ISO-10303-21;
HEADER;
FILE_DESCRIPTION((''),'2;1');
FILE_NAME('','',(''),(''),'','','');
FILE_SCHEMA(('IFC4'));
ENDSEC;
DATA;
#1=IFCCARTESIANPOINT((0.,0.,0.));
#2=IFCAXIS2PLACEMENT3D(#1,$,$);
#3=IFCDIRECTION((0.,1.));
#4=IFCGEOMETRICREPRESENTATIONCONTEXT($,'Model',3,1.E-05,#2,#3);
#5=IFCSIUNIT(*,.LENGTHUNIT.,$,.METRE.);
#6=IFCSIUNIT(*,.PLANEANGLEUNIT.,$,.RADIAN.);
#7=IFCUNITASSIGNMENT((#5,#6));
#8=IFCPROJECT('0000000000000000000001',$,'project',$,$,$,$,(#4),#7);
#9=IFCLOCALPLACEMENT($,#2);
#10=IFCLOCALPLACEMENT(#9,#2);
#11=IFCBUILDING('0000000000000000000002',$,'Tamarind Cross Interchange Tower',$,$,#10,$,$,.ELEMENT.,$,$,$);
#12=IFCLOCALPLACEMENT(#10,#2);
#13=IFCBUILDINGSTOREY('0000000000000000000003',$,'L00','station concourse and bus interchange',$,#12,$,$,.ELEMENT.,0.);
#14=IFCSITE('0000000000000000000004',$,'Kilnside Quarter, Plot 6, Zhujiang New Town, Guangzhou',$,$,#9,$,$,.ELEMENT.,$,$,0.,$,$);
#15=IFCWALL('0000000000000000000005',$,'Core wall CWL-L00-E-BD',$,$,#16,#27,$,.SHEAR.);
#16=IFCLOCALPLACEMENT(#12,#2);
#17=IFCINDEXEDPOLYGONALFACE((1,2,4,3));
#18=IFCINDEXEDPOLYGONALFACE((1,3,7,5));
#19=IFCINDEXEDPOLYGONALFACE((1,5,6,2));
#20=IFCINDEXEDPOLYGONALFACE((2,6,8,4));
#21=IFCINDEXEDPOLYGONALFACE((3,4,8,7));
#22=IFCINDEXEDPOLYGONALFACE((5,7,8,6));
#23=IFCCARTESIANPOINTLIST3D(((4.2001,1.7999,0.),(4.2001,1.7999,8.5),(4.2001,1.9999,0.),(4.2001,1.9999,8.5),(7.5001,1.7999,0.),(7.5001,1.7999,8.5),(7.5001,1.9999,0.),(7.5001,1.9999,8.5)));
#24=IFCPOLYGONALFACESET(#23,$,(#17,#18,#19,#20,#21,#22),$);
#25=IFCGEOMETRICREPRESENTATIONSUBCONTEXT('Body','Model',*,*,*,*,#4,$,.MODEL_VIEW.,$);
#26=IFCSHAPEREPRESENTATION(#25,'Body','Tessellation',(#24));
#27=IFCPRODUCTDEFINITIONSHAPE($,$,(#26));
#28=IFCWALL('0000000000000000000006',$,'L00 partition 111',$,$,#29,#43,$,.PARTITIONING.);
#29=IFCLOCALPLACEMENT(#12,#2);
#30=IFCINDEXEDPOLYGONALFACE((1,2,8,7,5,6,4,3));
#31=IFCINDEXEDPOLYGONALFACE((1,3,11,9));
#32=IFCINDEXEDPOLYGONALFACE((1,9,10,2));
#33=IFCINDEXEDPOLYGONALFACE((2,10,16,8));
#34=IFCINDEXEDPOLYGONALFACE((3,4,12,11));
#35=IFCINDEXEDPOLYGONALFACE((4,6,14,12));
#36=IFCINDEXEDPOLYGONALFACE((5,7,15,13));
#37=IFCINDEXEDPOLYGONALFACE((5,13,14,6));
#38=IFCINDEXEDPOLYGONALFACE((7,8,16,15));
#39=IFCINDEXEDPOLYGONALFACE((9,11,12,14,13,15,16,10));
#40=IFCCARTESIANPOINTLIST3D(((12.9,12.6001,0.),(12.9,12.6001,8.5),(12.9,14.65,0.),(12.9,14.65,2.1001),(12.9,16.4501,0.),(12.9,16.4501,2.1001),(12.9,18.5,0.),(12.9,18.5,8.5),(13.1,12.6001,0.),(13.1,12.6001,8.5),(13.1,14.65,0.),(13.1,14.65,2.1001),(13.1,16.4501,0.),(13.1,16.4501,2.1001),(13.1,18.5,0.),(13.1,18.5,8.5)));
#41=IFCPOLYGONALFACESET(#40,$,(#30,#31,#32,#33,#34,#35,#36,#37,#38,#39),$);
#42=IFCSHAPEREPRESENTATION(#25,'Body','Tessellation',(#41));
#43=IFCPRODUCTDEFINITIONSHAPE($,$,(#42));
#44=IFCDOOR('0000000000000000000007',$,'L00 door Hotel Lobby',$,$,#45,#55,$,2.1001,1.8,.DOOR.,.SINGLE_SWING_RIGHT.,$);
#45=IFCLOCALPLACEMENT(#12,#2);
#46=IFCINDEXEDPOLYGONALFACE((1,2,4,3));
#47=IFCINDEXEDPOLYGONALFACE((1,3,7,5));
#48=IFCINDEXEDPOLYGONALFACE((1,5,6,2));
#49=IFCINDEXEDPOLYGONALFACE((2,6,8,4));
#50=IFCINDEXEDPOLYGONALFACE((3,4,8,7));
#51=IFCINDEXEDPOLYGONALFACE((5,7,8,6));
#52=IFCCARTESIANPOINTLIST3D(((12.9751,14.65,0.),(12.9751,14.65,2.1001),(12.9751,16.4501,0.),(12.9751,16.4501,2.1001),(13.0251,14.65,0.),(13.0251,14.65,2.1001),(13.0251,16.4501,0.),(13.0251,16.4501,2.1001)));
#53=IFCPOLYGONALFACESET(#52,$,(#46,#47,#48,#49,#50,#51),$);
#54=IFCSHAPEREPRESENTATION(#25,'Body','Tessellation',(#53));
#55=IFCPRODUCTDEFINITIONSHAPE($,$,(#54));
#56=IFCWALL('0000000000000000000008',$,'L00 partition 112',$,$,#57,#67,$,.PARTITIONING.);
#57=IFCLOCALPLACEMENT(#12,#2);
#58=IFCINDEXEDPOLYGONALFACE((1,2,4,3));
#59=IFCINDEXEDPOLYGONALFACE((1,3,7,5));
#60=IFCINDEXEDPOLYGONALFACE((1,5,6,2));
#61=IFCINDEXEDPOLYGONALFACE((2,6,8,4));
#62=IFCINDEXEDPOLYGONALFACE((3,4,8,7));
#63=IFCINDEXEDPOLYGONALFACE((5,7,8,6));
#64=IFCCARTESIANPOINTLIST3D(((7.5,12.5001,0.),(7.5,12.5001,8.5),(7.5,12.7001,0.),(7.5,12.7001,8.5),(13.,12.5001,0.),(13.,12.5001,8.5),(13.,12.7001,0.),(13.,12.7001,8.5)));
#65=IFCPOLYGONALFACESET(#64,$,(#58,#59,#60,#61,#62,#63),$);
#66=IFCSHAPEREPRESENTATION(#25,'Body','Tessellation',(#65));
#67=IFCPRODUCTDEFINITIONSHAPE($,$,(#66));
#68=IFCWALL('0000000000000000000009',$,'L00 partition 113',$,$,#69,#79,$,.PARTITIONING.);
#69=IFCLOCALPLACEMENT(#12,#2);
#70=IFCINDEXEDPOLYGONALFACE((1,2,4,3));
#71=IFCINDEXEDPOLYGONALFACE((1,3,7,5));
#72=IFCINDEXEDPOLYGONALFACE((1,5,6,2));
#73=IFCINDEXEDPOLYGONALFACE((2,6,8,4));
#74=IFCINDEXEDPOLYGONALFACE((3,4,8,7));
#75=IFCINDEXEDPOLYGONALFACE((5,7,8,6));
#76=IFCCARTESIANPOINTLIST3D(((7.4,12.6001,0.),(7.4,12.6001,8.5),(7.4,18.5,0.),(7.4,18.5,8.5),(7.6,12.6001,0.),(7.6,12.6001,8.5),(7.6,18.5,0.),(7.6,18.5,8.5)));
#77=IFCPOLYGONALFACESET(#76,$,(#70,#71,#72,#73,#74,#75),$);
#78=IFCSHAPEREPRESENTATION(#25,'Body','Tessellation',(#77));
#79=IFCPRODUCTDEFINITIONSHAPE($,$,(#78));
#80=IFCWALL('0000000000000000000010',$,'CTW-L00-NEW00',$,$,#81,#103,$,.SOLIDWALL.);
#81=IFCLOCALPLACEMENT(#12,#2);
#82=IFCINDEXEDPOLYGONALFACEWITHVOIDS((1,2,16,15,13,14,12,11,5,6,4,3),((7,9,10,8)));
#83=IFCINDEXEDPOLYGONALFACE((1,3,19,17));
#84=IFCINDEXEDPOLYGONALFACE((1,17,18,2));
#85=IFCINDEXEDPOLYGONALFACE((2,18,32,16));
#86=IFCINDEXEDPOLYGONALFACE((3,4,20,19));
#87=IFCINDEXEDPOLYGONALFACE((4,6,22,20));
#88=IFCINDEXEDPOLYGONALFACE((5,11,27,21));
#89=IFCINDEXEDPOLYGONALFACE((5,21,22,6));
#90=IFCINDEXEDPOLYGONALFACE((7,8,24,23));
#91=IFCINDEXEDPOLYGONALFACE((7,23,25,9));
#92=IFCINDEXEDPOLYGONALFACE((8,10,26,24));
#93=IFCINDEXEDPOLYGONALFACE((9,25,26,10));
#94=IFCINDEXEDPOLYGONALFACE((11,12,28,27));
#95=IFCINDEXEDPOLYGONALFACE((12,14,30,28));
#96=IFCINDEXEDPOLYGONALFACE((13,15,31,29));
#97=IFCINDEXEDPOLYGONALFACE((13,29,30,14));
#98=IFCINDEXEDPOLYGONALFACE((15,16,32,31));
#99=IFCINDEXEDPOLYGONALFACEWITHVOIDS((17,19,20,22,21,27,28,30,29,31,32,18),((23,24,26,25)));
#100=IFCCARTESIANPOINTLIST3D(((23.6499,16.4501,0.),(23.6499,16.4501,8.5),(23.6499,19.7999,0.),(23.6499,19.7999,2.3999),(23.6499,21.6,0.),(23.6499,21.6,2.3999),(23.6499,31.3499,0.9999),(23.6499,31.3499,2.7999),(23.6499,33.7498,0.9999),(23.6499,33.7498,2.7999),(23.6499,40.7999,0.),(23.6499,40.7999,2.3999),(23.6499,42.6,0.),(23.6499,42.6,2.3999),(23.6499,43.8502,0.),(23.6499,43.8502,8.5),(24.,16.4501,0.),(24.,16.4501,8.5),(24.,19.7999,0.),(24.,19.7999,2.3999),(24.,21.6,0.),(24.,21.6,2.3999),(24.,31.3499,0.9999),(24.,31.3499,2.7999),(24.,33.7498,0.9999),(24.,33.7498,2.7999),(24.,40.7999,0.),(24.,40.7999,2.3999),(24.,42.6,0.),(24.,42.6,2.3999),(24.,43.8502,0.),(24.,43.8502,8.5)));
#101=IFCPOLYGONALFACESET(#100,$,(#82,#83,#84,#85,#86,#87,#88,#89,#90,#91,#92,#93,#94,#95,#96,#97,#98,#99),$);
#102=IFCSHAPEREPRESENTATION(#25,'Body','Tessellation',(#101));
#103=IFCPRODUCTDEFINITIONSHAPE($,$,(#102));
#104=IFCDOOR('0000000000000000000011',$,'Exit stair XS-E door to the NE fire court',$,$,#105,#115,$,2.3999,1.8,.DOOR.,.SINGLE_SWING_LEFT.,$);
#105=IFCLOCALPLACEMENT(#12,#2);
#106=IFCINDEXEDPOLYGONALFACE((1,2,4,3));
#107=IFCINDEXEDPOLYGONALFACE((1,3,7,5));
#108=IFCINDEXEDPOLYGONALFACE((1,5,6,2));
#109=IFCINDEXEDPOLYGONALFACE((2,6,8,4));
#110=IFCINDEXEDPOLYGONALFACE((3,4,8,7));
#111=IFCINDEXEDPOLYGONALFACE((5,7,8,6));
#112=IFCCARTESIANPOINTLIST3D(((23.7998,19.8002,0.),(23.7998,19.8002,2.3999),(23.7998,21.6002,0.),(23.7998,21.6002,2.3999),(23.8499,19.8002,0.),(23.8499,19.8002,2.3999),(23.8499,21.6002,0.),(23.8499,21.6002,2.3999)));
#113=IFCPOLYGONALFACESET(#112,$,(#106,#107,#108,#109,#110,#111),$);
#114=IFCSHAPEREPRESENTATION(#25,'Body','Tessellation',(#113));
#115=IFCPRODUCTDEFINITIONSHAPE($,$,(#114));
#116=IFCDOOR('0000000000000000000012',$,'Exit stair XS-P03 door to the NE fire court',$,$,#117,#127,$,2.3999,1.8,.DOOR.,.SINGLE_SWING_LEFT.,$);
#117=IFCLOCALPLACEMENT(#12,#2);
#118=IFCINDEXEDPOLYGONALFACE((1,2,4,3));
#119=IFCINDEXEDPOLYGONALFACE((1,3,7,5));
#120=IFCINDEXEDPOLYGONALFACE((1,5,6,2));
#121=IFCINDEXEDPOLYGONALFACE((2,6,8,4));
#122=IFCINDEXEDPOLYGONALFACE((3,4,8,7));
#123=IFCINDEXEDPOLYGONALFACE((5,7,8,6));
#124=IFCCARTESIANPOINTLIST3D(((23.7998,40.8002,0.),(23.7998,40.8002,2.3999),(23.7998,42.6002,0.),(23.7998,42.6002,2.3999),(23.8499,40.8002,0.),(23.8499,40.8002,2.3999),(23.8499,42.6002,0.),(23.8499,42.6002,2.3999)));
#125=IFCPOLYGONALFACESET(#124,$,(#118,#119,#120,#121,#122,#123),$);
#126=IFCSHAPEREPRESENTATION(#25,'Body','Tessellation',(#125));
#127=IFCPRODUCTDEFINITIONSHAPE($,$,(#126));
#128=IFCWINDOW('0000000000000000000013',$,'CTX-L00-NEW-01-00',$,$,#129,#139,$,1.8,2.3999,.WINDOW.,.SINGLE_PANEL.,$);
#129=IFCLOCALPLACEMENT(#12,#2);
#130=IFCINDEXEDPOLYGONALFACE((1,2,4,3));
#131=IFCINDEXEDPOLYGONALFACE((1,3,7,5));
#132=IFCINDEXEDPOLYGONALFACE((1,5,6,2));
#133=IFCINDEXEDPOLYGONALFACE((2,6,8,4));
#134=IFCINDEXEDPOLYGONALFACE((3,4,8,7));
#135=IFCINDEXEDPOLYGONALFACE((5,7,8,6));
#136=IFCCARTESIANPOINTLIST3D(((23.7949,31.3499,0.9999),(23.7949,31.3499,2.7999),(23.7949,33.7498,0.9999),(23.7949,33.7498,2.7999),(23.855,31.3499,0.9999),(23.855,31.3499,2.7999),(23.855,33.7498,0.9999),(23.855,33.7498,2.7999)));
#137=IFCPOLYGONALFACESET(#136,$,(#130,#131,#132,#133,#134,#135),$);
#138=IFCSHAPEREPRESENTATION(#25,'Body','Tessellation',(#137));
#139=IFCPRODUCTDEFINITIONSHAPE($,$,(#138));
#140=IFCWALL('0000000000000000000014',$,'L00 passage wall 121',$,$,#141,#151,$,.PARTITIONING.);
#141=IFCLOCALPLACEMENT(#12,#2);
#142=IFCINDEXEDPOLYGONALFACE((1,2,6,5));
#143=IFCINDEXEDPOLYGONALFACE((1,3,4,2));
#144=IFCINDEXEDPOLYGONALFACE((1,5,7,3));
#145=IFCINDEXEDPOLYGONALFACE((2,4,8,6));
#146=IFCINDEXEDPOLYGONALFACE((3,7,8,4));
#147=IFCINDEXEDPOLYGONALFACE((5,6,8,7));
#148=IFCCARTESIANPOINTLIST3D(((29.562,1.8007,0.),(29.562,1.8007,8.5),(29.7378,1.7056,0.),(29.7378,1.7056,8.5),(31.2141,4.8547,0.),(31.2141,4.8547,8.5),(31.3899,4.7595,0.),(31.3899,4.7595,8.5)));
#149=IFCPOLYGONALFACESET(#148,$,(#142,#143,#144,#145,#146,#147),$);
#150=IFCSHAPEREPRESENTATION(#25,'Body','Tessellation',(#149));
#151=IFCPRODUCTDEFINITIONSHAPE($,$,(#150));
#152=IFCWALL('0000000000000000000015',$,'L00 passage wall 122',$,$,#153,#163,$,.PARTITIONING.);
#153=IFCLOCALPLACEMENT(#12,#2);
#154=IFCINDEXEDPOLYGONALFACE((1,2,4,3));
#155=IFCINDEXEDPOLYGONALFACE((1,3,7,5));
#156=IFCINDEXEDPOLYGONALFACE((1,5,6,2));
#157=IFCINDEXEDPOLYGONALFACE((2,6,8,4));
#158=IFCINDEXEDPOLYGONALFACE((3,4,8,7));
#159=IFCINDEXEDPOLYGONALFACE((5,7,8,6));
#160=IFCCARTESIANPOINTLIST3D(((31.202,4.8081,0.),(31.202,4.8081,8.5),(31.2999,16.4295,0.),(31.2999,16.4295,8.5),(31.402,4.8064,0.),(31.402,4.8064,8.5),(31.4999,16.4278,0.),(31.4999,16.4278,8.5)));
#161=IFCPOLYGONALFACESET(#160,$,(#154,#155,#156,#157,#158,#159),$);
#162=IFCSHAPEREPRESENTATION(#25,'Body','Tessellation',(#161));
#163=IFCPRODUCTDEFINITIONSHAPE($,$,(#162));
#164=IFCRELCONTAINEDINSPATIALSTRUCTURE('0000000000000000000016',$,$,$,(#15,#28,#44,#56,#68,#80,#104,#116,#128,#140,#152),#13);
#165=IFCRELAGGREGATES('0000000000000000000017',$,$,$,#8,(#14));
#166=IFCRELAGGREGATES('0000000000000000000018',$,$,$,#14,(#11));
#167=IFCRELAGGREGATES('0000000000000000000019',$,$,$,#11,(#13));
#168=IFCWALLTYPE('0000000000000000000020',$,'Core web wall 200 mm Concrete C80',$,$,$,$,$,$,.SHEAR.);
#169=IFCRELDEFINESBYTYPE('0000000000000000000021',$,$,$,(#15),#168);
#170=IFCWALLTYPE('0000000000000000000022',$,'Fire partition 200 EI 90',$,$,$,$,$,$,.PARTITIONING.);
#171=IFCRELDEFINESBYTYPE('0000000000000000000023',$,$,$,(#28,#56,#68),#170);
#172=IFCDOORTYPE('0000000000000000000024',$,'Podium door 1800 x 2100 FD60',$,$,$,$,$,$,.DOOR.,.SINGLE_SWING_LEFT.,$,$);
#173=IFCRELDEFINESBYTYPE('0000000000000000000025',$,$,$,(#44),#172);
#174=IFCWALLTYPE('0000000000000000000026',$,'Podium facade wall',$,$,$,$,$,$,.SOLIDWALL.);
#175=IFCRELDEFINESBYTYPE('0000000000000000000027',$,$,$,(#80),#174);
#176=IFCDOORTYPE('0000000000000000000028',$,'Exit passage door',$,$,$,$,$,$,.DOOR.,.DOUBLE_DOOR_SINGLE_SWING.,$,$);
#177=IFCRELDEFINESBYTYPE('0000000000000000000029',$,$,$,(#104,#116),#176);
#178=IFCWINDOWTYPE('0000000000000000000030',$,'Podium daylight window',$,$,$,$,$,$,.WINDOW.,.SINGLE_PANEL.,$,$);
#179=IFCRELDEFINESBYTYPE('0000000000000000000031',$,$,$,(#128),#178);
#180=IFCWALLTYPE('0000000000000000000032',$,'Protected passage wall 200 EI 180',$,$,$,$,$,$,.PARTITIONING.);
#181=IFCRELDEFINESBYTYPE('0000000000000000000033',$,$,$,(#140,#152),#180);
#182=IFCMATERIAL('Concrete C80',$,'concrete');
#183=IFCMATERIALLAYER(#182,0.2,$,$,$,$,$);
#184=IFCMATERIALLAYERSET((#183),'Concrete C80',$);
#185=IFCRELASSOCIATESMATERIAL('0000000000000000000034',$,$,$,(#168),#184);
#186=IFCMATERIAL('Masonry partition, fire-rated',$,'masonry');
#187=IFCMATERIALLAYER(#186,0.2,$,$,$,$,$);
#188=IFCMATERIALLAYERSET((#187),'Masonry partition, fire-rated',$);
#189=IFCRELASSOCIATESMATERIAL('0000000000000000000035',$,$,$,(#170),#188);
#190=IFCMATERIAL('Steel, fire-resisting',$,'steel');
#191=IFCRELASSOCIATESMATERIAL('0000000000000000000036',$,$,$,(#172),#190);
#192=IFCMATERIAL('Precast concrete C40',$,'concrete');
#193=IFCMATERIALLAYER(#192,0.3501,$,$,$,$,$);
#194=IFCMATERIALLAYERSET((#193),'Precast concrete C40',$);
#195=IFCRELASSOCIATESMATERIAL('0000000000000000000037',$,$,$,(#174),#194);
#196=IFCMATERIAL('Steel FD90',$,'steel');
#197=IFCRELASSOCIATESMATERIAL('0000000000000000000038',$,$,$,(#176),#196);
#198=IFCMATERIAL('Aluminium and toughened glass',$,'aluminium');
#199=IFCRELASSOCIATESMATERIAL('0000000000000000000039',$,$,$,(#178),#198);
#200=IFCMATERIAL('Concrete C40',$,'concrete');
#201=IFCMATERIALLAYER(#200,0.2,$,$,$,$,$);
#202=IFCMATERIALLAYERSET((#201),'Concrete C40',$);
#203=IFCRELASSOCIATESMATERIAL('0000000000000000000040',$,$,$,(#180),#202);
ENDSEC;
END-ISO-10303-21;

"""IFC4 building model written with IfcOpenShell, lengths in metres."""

from ifc_helpers import new_model, si_unit, direction, frame, frame_2d, origin, place, context, subcontext, project, spatial, rectangle, extrude, material, layer, layer_set, type_object, element, fill, save


model = new_model("IFC4")

# Units and contexts
model_context = context("Model", 3, precision=1e-05, world=origin(), true_north=direction((0.0, 1.0)))
body_context = subcontext(model_context, "Body", "Model", "MODEL_VIEW")
ifc_project = project(units=[si_unit("LENGTHUNIT", "METRE"), si_unit("PLANEANGLEUNIT", "RADIAN")], contexts=[model_context])

# Site, building, storey
site_placement = place(None, origin())
site = spatial("IfcSite", under=ifc_project, at=site_placement, Name="Kilnside Quarter, Plot 6, Zhujiang New Town, Guangzhou", CompositionType="ELEMENT", RefElevation=0.0)
building_placement = place(site_placement, origin())
building = spatial("IfcBuilding", under=site, at=building_placement, Name="Tamarind Cross Interchange Tower", CompositionType="ELEMENT")
storey_placement = place(building_placement, origin())
storey = spatial("IfcBuildingStorey", under=building, at=storey_placement, Name="L00", Description="station concourse and bus interchange", CompositionType="ELEMENT", Elevation=0.0)

# Shared definitions
ifc_material_1 = material(Name="Concrete C80", Category="concrete")

# Shared definitions
ifc_material_2 = material(Name="Steel, fire-resisting", Category="steel")

# Wall
ifc_layer_1 = layer(ifc_material_1, 0.2)
ifc_layer_set_1 = layer_set([ifc_layer_1], Name="Concrete C80")
wall_type_1 = type_object("IfcWallType", Name="Core web wall 200 mm Concrete C80", PredefinedType="SHEAR", material=ifc_layer_set_1)
wall_1_placement = place(storey_placement, frame((7.5, 1.8999, 0.0), z_axis=(0.0, 0.0, 1.0), x_axis=(-1.0, 0.0, 0.0)))
element("IfcWall", 1, at=wall_1_placement, inside=storey, type_object=wall_type_1, Name="Core wall CWL-L00-E-BD", PredefinedType="SHEAR", context=body_context, shape_type="SweptSolid", body=[
    extrude(rectangle(XDim=3.3, YDim=0.2, at=frame_2d((1.6499, 0.0))), origin(), (0.0, 0.0, 1.0), 8.5),
])

# Wall, opening, door
ifc_material_3 = material(Name="Masonry partition, fire-rated", Category="masonry")
ifc_layer_2 = layer(ifc_material_3, 0.2)
ifc_layer_set_2 = layer_set([ifc_layer_2], Name="Masonry partition, fire-rated")
wall_type_2 = type_object("IfcWallType", Name="Fire partition 200 EI 90", PredefinedType="PARTITIONING", material=ifc_layer_set_2)
wall_2_placement = place(storey_placement, frame((13.0, 12.6001, 0.0), z_axis=(0.0, 0.0, 1.0), x_axis=(0.0, 1.0, 0.0)))
wall_2 = element("IfcWall", 2, at=wall_2_placement, inside=storey, type_object=wall_type_2, Name="L00 partition 111", PredefinedType="PARTITIONING", context=body_context, shape_type="SweptSolid", body=[
    extrude(rectangle(XDim=5.8999, YDim=0.2, at=frame_2d((2.95, 0.0))), origin(), (0.0, 0.0, 1.0), 8.5),
])
opening_1_placement = place(wall_2_placement, frame((2.05, 0.0, 0.0)))
opening_1 = element("IfcOpeningElement", 3, at=opening_1_placement, cuts=wall_2, PredefinedType="OPENING", context=body_context, shape_type="SweptSolid", body=[
    extrude(rectangle(XDim=1.8, YDim=2.1001, at=frame_2d((0.8999, 1.05))), frame((0.0, 0.1099, 0.0), z_axis=(0.0, -1.0, 0.0), x_axis=(1.0, 0.0, 0.0)), (0.0, 0.0, 1.0), 0.22),
])
door_type_1 = type_object("IfcDoorType", Name="Podium door 1800 x 2100 FD60", OperationType="SINGLE_SWING_LEFT", PredefinedType="DOOR", material=ifc_material_2)
door_1_placement = place(opening_1_placement, origin())
door_1 = element("IfcDoor", 4, at=door_1_placement, inside=storey, type_object=door_type_1, Name="L00 door Hotel Lobby", OperationType="SINGLE_SWING_RIGHT", OverallHeight=2.1001, OverallWidth=1.8, PredefinedType="DOOR", context=body_context, shape_type="SweptSolid", body=[
    extrude(rectangle(XDim=1.8, YDim=2.1001, at=frame_2d((0.8999, 1.05))), frame((0.0, 0.0249, 0.0), z_axis=(0.0, -1.0, 0.0), x_axis=(1.0, 0.0, 0.0)), (0.0, 0.0, 1.0), 0.05),
])
fill(opening_1, door_1)

# Walls
wall_3_placement = place(storey_placement, frame((7.5, 12.6001, 0.0), z_axis=(0.0, 0.0, 1.0), x_axis=(1.0, 0.0, 0.0)))
element("IfcWall", 5, at=wall_3_placement, inside=storey, type_object=wall_type_2, Name="L00 partition 112", PredefinedType="PARTITIONING", context=body_context, shape_type="SweptSolid", body=[
    extrude(rectangle(XDim=5.5, YDim=0.2, at=frame_2d((2.75, 0.0))), origin(), (0.0, 0.0, 1.0), 8.5),
])
wall_4_placement = place(storey_placement, frame((7.5, 12.6001, 0.0), z_axis=(0.0, 0.0, 1.0), x_axis=(0.0, 1.0, 0.0)))
element("IfcWall", 6, at=wall_4_placement, inside=storey, type_object=wall_type_2, Name="L00 partition 113", PredefinedType="PARTITIONING", context=body_context, shape_type="SweptSolid", body=[
    extrude(rectangle(XDim=5.8999, YDim=0.2, at=frame_2d((2.95, 0.0))), origin(), (0.0, 0.0, 1.0), 8.5),
])

# Wall, openings, doors, window
ifc_material_4 = material(Name="Precast concrete C40", Category="concrete")
ifc_layer_3 = layer(ifc_material_4, 0.3501)
ifc_layer_set_3 = layer_set([ifc_layer_3], Name="Precast concrete C40")
wall_type_3 = type_object("IfcWallType", Name="Podium facade wall", PredefinedType="SOLIDWALL", material=ifc_layer_set_3)
wall_5_placement = place(storey_placement, frame((23.825, 16.45, 0.0), z_axis=(0.0, 0.0, 1.0), x_axis=(0.0, 1.0, 0.0)))
wall_5 = element("IfcWall", 7, at=wall_5_placement, inside=storey, type_object=wall_type_3, Name="CTW-L00-NEW00", PredefinedType="SOLIDWALL", context=body_context, shape_type="SweptSolid", body=[
    extrude(rectangle(XDim=27.4001, YDim=0.3501, at=frame_2d((13.7002, 0.0))), origin(), (0.0, 0.0, 1.0), 8.5),
])
opening_2_placement = place(wall_5_placement, frame((3.3501, 0.0, 0.0)))
opening_2 = element("IfcOpeningElement", 8, at=opening_2_placement, cuts=wall_5, PredefinedType="OPENING", context=body_context, shape_type="SweptSolid", body=[
    extrude(rectangle(XDim=1.8, YDim=2.3999, at=frame_2d((0.8999, 1.2))), frame((0.0, 0.1851, 0.0), z_axis=(0.0, -1.0, 0.0), x_axis=(1.0, 0.0, 0.0)), (0.0, 0.0, 1.0), 0.3701),
])
opening_3_placement = place(wall_5_placement, frame((24.3501, 0.0, 0.0)))
opening_3 = element("IfcOpeningElement", 9, at=opening_3_placement, cuts=wall_5, PredefinedType="OPENING", context=body_context, shape_type="SweptSolid", body=[
    extrude(rectangle(XDim=1.8, YDim=2.3999, at=frame_2d((0.8999, 1.2))), frame((0.0, 0.1851, 0.0), z_axis=(0.0, -1.0, 0.0), x_axis=(1.0, 0.0, 0.0)), (0.0, 0.0, 1.0), 0.3701),
])
opening_4_placement = place(wall_5_placement, frame((14.8999, 0.0, 1.0)))
opening_4 = element("IfcOpeningElement", 10, at=opening_4_placement, cuts=wall_5, PredefinedType="OPENING", context=body_context, shape_type="SweptSolid", body=[
    extrude(rectangle(XDim=2.3999, YDim=1.8, at=frame_2d((1.2, 0.8999))), frame((0.0, 0.1851, 0.0), z_axis=(0.0, -1.0, 0.0), x_axis=(1.0, 0.0, 0.0)), (0.0, 0.0, 1.0), 0.3701),
])
ifc_material_5 = material(Name="Steel FD90", Category="steel")
door_type_2 = type_object("IfcDoorType", Name="Exit passage door", OperationType="DOUBLE_DOOR_SINGLE_SWING", PredefinedType="DOOR", material=ifc_material_5)
door_2_placement = place(opening_2_placement, frame((1.8, 0.0, 0.0), z_axis=(0.0, 0.0, 1.0), x_axis=(-1.0, 0.0, 0.0)))
door_2 = element("IfcDoor", 11, at=door_2_placement, inside=storey, type_object=door_type_2, Name="Exit stair XS-E door to the NE fire court", OperationType="SINGLE_SWING_LEFT", OverallHeight=2.3999, OverallWidth=1.8, PredefinedType="DOOR", context=body_context, shape_type="SweptSolid", body=[
    extrude(rectangle(XDim=1.8, YDim=2.3999, at=frame_2d((0.8999, 1.2))), frame((0.0, 0.0249, 0.0), z_axis=(0.0, -1.0, 0.0), x_axis=(1.0, 0.0, 0.0)), (0.0, 0.0, 1.0), 0.05),
])
fill(opening_2, door_2)
door_3_placement = place(opening_3_placement, frame((1.8, 0.0, 0.0), z_axis=(0.0, 0.0, 1.0), x_axis=(-1.0, 0.0, 0.0)))
door_3 = element("IfcDoor", 12, at=door_3_placement, inside=storey, type_object=door_type_2, Name="Exit stair XS-P03 door to the NE fire court", OperationType="SINGLE_SWING_LEFT", OverallHeight=2.3999, OverallWidth=1.8, PredefinedType="DOOR", context=body_context, shape_type="SweptSolid", body=[
    extrude(rectangle(XDim=1.8, YDim=2.3999, at=frame_2d((0.8999, 1.2))), frame((0.0, 0.0249, 0.0), z_axis=(0.0, -1.0, 0.0), x_axis=(1.0, 0.0, 0.0)), (0.0, 0.0, 1.0), 0.05),
])
fill(opening_3, door_3)
ifc_material_6 = material(Name="Aluminium and toughened glass", Category="aluminium")
window_type = type_object("IfcWindowType", Name="Podium daylight window", PartitioningType="SINGLE_PANEL", PredefinedType="WINDOW", material=ifc_material_6)
window_placement = place(opening_4_placement, origin())
window = element("IfcWindow", 13, at=window_placement, inside=storey, type_object=window_type, Name="CTX-L00-NEW-01-00", OverallHeight=1.8, OverallWidth=2.3999, PartitioningType="SINGLE_PANEL", PredefinedType="WINDOW", context=body_context, shape_type="SweptSolid", body=[
    extrude(rectangle(XDim=2.3999, YDim=1.8, at=frame_2d((1.2, 0.8999))), frame((0.0, 0.03, 0.0), z_axis=(0.0, -1.0, 0.0), x_axis=(1.0, 0.0, 0.0)), (0.0, 0.0, 1.0), 0.0601),
])
fill(opening_4, window)

# Walls
ifc_material_7 = material(Name="Concrete C40", Category="concrete")
ifc_layer_4 = layer(ifc_material_7, 0.2)
ifc_layer_set_4 = layer_set([ifc_layer_4], Name="Concrete C40")
wall_type_4 = type_object("IfcWallType", Name="Protected passage wall 200 EI 180", PredefinedType="PARTITIONING", material=ifc_layer_set_4)
wall_6_placement = place(storey_placement, frame((29.6499, 1.7532, 0.0), z_axis=(0.0, 0.0, 1.0), x_axis=(0.47581, 0.879548, 0.0)))
element("IfcWall", 14, at=wall_6_placement, inside=storey, type_object=wall_type_4, Name="L00 passage wall 121", PredefinedType="PARTITIONING", context=body_context, shape_type="SweptSolid", body=[
    extrude(rectangle(XDim=3.4722, YDim=0.2, at=frame_2d((1.7361, 0.0))), origin(), (0.0, 0.0, 1.0), 8.5),
])
wall_7_placement = place(storey_placement, frame((31.302, 4.8071, 0.0), z_axis=(0.0, 0.0, 1.0), x_axis=(0.008424, 0.999965, 0.0)))
element("IfcWall", 15, at=wall_7_placement, inside=storey, type_object=wall_type_4, Name="L00 passage wall 122", PredefinedType="PARTITIONING", context=body_context, shape_type="SweptSolid", body=[
    extrude(rectangle(XDim=11.6218, YDim=0.2, at=frame_2d((5.811, 0.0))), origin(), (0.0, 0.0, 1.0), 8.5),
])

save(model, "model.ifc")
